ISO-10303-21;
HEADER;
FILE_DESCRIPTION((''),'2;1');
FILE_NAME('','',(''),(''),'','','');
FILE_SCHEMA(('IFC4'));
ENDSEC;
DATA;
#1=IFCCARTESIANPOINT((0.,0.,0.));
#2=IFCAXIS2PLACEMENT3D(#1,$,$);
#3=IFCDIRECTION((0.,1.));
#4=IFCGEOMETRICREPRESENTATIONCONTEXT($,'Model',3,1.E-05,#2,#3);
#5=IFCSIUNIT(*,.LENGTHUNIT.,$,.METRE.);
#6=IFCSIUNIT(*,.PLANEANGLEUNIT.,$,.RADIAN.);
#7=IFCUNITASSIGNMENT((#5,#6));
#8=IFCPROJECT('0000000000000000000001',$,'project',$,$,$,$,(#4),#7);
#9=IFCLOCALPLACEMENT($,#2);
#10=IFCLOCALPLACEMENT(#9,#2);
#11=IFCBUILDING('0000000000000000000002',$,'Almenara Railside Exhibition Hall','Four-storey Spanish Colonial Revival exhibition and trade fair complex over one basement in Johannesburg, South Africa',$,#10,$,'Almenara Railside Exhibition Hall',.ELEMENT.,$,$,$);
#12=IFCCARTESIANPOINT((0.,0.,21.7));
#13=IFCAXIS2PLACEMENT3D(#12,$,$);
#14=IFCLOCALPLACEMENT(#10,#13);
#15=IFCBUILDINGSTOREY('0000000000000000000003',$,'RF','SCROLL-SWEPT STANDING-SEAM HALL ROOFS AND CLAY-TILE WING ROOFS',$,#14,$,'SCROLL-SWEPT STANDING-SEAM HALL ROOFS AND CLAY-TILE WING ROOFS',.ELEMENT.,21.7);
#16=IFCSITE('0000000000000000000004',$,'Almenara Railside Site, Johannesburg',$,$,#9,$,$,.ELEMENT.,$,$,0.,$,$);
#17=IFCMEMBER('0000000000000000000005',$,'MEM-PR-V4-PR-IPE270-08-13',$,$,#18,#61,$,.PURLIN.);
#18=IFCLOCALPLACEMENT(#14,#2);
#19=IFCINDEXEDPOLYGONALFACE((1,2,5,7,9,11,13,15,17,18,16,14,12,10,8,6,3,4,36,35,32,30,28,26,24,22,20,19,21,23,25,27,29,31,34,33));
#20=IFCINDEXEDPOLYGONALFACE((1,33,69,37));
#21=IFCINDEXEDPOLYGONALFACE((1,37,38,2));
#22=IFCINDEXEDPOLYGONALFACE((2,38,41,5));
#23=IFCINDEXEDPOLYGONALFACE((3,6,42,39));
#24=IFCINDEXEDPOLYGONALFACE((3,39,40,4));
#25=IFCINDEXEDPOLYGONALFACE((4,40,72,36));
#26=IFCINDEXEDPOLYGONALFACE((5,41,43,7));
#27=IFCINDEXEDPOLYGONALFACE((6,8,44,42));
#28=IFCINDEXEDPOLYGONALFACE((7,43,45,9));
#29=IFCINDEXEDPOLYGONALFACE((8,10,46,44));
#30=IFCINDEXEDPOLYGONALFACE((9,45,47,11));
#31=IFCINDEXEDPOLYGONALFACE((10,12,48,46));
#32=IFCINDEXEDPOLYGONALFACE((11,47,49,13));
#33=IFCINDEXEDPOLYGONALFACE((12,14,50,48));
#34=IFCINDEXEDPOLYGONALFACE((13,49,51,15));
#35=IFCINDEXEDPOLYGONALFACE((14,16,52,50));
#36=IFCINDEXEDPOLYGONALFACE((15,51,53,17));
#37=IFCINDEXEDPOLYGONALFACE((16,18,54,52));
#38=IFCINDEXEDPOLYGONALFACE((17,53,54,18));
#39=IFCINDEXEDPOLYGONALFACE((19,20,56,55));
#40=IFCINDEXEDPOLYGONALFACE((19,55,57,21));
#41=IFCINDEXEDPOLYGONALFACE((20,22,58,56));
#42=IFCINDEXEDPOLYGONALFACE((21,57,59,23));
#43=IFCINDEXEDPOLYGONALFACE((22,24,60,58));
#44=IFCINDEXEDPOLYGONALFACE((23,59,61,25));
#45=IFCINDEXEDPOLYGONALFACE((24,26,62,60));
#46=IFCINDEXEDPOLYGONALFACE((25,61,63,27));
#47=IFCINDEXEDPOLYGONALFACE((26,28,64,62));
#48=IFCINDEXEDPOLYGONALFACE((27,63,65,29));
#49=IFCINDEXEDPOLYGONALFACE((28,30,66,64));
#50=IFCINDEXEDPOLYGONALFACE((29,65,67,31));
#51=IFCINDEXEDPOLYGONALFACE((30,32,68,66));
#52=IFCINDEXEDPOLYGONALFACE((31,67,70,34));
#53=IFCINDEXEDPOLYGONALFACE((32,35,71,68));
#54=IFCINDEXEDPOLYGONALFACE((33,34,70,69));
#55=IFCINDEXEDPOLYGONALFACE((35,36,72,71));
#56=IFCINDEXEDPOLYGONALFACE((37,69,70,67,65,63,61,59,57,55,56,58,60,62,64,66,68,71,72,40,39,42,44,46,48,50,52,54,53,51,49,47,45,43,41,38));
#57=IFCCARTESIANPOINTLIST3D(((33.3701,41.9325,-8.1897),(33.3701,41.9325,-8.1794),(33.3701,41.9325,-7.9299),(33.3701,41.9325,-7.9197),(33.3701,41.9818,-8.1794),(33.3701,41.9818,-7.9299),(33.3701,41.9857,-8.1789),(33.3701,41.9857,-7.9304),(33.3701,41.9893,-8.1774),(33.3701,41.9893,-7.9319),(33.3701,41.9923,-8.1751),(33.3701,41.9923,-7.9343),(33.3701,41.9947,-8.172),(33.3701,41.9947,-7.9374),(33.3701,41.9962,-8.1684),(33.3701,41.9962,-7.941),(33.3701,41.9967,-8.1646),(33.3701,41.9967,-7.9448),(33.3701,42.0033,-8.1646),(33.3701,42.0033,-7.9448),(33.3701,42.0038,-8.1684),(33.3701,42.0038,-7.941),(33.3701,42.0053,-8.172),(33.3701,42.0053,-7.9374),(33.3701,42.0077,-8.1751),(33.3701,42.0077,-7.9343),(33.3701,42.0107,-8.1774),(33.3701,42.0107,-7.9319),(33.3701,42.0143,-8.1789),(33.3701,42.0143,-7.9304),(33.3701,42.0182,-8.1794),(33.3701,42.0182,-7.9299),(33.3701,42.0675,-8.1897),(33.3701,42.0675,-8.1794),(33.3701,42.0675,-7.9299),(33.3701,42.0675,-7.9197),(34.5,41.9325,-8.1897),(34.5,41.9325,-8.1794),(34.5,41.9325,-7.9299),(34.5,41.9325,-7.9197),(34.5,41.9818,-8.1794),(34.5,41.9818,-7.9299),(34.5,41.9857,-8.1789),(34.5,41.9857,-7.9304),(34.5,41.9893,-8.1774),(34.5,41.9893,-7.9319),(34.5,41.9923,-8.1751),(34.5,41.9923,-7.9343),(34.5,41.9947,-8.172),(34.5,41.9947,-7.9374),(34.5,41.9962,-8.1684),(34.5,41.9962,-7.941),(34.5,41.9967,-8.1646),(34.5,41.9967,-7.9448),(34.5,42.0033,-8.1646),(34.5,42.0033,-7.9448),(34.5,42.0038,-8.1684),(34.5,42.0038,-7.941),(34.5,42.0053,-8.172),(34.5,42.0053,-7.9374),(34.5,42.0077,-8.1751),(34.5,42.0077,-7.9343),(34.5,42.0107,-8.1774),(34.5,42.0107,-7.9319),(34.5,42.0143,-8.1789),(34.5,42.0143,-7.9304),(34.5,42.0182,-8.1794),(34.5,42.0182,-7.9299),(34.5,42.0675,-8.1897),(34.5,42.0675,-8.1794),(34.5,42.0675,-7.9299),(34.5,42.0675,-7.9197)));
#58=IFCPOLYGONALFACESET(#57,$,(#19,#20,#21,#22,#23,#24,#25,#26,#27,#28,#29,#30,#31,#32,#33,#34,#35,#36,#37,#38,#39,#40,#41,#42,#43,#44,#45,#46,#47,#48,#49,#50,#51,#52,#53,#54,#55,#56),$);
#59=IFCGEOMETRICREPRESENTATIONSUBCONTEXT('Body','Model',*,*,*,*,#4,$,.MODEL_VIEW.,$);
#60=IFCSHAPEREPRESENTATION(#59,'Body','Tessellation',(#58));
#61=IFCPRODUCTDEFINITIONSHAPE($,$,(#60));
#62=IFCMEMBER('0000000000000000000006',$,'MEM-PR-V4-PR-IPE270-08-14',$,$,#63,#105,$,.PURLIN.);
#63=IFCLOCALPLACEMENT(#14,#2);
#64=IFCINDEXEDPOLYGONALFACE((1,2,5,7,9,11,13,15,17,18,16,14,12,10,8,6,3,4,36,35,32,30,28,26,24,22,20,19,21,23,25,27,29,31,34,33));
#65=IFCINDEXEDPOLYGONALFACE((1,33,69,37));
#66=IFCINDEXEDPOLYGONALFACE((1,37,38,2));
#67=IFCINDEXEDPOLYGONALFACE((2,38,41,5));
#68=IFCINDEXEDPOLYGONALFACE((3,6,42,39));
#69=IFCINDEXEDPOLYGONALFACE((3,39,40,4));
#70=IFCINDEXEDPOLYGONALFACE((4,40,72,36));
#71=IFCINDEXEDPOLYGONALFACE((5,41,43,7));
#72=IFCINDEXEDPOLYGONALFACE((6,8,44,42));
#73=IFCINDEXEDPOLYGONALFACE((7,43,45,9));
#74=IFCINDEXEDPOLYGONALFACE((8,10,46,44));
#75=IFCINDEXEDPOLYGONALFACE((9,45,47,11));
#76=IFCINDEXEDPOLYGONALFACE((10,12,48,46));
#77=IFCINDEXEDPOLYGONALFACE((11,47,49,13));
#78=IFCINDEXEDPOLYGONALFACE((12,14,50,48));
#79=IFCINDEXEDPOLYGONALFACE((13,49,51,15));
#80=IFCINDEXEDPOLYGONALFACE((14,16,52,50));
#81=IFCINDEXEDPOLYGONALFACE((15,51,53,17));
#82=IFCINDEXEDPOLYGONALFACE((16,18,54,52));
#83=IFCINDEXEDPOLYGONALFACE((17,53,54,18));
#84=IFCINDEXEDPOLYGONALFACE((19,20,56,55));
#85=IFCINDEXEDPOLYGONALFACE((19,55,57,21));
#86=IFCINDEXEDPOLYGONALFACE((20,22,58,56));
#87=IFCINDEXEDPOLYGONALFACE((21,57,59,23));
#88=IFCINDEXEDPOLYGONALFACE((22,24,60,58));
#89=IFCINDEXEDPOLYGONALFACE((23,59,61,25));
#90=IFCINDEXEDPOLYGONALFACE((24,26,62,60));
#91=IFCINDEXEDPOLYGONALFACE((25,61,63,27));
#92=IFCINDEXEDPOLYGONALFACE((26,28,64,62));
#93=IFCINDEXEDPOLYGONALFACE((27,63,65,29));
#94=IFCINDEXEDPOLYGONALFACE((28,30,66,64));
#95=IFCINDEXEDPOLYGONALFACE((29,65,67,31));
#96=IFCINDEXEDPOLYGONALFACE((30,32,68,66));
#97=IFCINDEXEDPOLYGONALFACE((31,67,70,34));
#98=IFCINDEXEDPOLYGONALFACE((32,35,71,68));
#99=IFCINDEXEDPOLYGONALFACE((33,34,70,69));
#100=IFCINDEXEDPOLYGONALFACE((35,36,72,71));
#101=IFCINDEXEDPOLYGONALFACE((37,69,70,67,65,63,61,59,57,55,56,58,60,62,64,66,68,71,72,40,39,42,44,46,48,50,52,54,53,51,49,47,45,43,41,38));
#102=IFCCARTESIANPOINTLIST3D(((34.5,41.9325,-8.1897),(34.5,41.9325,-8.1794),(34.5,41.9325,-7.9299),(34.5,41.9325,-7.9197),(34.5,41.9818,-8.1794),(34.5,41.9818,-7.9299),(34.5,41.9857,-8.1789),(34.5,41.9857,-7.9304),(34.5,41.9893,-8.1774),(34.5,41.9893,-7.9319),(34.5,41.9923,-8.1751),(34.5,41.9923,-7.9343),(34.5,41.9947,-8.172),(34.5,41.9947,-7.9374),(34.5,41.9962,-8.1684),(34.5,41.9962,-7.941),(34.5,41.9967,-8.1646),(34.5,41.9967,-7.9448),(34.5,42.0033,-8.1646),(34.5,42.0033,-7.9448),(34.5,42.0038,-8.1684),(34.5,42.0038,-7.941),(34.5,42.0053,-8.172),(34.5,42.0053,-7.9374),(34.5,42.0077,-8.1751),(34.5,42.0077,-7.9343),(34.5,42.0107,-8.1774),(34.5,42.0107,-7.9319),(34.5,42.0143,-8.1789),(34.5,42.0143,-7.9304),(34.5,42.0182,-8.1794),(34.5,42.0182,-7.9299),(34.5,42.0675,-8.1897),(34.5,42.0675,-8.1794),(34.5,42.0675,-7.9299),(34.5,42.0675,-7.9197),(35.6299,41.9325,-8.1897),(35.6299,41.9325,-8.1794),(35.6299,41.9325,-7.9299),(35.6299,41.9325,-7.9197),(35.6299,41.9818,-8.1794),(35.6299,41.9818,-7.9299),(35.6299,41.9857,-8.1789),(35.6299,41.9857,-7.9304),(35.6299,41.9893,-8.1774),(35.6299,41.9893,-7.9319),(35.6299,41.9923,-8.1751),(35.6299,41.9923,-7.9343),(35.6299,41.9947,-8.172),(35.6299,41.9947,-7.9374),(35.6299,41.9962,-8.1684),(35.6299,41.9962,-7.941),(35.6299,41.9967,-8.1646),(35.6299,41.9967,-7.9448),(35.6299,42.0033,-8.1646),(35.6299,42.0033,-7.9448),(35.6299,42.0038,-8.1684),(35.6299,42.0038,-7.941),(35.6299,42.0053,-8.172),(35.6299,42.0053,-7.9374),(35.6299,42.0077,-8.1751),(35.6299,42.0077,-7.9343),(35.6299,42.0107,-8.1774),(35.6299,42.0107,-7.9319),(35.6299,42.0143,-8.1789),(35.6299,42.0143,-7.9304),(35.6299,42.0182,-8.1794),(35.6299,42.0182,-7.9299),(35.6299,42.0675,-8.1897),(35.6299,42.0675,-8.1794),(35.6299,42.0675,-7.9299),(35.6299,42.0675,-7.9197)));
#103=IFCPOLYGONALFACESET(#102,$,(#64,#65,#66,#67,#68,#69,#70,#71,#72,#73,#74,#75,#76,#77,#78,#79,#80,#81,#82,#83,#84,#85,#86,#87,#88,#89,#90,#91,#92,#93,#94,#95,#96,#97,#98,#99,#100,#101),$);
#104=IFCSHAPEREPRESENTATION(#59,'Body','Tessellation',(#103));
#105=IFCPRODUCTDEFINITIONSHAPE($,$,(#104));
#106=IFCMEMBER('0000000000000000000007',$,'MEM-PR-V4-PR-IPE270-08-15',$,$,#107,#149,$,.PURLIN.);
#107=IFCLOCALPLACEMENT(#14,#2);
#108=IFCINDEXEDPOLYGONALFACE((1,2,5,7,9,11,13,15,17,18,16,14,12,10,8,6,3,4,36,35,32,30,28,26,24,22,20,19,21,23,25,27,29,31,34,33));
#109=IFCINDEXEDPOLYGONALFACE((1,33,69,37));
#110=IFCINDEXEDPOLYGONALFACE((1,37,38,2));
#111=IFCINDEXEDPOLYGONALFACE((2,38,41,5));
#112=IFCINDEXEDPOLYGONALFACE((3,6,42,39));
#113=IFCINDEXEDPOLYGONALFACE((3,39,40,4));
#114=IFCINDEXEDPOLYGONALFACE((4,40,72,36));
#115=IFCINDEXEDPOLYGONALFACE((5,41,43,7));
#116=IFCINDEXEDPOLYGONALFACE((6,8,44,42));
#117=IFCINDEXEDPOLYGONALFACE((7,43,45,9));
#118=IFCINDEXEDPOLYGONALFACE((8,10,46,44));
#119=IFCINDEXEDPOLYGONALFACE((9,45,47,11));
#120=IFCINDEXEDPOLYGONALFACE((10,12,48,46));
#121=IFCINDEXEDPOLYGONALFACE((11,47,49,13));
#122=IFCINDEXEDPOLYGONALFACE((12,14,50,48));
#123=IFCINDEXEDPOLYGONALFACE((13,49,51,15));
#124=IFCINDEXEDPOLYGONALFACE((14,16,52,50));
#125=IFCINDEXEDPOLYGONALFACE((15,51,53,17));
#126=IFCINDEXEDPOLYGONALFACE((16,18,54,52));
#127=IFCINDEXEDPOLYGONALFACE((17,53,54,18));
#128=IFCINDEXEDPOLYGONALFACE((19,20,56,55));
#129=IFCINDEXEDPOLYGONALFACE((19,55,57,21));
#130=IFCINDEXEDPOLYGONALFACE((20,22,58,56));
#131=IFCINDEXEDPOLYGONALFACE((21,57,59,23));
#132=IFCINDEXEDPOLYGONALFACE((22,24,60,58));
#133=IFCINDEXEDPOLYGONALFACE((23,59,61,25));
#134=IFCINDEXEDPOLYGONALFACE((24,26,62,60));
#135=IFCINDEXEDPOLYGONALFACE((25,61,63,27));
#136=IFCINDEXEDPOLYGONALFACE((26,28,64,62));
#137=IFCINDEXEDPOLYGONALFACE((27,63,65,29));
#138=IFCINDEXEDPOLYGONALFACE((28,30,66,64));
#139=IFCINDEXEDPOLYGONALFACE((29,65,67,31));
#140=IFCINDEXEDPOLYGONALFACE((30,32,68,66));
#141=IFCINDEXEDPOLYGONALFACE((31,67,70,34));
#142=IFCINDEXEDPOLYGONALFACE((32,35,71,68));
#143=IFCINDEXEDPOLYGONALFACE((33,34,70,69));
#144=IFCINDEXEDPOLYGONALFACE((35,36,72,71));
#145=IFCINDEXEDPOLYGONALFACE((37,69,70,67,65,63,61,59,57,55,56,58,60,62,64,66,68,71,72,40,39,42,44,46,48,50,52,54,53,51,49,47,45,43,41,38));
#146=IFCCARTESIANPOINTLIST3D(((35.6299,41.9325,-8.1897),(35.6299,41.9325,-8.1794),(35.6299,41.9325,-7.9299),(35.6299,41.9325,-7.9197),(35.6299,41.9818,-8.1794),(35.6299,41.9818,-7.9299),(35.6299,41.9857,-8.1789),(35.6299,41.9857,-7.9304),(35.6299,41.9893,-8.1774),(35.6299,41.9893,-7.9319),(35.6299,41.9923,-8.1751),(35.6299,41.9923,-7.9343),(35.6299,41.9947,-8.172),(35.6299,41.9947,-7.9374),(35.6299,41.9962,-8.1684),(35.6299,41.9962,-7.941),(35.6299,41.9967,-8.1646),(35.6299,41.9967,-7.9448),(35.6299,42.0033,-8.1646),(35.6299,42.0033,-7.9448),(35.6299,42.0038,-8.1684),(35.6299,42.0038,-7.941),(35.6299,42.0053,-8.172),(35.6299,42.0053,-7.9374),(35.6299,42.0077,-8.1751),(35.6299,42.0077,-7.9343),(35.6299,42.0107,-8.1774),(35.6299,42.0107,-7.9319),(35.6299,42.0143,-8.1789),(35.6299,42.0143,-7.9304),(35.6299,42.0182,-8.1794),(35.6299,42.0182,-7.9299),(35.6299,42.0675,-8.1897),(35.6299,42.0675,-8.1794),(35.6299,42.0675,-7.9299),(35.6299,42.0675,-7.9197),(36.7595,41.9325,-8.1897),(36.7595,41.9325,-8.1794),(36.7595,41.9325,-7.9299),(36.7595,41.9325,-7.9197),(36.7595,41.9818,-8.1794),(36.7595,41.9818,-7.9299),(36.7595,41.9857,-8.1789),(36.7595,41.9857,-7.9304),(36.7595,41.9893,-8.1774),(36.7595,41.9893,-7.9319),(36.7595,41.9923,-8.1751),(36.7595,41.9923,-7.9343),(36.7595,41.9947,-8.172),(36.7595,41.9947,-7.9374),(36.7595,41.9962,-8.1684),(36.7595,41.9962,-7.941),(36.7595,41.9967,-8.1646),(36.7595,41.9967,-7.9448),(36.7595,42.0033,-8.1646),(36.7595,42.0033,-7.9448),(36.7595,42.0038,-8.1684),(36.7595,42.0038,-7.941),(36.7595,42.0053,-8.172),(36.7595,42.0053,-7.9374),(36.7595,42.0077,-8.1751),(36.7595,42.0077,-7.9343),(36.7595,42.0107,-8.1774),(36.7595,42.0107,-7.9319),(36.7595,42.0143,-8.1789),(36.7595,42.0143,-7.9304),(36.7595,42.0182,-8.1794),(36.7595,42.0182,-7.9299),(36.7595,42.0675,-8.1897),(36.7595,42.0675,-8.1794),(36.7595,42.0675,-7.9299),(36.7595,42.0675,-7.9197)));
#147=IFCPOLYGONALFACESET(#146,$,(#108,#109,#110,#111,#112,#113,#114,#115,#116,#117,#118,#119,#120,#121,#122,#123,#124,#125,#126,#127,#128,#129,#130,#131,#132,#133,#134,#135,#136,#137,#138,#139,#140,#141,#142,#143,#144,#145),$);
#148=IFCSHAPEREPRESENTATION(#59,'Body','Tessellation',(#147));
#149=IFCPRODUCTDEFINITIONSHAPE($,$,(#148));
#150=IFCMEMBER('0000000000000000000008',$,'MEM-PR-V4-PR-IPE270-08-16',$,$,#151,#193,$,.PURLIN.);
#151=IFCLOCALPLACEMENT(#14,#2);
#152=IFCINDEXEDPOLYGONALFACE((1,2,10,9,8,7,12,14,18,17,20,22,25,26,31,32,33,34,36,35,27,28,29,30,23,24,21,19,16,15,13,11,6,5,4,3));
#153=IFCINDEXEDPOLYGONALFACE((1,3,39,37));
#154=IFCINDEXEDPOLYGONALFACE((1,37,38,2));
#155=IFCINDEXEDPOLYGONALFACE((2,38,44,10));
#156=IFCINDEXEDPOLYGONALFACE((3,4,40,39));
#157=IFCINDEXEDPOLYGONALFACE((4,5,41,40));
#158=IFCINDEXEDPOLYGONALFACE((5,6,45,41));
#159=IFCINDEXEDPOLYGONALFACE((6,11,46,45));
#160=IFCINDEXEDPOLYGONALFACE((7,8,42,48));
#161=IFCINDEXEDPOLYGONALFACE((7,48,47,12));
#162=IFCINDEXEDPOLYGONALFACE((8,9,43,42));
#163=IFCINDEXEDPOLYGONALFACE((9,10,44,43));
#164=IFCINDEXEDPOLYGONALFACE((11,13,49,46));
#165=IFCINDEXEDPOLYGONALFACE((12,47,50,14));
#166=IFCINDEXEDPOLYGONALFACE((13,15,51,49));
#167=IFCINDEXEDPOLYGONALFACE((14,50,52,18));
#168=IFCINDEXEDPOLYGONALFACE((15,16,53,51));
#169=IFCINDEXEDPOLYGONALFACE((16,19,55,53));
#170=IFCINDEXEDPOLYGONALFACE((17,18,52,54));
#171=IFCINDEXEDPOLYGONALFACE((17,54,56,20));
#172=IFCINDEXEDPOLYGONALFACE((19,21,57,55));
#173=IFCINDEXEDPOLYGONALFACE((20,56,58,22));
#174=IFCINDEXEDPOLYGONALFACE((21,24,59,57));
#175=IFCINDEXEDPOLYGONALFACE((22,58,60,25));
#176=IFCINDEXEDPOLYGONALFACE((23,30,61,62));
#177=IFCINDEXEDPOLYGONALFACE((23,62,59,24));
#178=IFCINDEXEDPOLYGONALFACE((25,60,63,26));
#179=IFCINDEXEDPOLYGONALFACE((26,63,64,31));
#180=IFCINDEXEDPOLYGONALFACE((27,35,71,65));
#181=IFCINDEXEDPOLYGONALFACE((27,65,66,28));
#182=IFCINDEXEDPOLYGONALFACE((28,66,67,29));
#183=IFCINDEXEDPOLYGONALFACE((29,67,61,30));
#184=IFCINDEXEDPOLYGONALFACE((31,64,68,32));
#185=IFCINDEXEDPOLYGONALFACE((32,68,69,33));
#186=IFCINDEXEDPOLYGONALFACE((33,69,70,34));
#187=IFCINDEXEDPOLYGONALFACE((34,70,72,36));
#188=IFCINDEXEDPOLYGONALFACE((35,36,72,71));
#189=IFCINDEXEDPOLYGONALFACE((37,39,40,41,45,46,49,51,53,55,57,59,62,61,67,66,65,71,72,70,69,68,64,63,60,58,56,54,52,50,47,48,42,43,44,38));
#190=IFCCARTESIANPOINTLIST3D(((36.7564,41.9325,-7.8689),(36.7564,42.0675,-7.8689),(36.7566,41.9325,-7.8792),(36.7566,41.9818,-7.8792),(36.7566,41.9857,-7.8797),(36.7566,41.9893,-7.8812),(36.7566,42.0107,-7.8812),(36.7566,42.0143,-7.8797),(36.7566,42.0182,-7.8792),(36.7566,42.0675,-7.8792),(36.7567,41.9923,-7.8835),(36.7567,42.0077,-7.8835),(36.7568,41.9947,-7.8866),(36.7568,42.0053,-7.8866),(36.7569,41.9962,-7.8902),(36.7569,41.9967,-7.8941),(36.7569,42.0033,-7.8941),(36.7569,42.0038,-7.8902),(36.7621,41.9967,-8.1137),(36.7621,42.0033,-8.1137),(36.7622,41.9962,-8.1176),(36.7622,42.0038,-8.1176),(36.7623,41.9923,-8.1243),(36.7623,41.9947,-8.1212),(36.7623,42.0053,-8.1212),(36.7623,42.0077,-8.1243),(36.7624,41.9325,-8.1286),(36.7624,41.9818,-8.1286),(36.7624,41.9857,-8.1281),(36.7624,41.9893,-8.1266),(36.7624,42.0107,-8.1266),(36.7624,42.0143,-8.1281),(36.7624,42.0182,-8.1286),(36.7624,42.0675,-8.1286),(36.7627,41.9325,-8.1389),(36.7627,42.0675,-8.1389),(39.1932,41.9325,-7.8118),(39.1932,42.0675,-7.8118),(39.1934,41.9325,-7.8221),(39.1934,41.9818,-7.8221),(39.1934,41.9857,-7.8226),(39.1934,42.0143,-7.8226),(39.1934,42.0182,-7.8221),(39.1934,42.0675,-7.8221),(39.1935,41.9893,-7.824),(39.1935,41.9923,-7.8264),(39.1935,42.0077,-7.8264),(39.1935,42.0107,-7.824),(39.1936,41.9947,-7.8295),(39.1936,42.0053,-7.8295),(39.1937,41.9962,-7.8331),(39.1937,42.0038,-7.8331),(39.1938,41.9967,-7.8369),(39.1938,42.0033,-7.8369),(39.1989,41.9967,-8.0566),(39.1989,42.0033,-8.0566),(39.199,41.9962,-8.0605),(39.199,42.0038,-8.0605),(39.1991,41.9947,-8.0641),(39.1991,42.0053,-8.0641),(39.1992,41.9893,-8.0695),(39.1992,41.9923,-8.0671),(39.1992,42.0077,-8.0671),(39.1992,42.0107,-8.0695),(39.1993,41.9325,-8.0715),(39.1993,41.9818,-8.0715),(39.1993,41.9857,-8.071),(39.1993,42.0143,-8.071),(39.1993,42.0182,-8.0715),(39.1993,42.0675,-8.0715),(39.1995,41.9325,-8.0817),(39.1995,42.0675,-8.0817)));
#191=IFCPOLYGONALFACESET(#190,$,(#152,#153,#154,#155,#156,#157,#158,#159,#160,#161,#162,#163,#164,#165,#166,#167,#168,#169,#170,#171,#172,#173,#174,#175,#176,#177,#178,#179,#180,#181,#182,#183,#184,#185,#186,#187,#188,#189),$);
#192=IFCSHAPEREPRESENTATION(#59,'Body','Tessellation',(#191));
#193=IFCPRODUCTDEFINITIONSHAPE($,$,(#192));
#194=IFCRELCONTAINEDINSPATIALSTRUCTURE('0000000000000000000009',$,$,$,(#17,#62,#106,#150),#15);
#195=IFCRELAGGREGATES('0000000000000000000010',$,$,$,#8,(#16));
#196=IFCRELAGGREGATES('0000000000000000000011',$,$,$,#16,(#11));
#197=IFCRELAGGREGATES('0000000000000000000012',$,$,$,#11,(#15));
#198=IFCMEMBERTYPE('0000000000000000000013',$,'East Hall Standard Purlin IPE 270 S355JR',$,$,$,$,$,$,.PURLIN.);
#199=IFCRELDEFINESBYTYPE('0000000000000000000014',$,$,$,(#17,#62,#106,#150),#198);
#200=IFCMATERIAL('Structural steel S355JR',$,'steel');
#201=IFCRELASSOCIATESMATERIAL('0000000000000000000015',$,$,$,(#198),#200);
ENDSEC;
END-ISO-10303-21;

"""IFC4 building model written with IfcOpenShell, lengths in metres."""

from ifc_helpers import new_model, si_unit, direction, frame, origin, origin_2d, place, context, subcontext, project, spatial, i_section, extrude, material, material_profile, profile_set, type_object, element, save


model = new_model("IFC4")

# Units and contexts
model_context = context("Model", 3, precision=1e-05, world=origin(), true_north=direction((0.0, 1.0)))
body_context = subcontext(model_context, "Body", "Model", "MODEL_VIEW")
ifc_project = project(units=[si_unit("LENGTHUNIT", "METRE"), si_unit("PLANEANGLEUNIT", "RADIAN")], contexts=[model_context])

# Site, building, storey
site_placement = place(None, origin())
site = spatial("IfcSite", under=ifc_project, at=site_placement, Name="Almenara Railside Site, Johannesburg", CompositionType="ELEMENT", RefElevation=0.0)
building_placement = place(site_placement, origin())
building = spatial("IfcBuilding", under=site, at=building_placement, Name="Almenara Railside Exhibition Hall", Description="Four-storey Spanish Colonial Revival exhibition and trade fair complex over one basement in Johannesburg, South Africa", LongName="Almenara Railside Exhibition Hall", CompositionType="ELEMENT")
storey_placement = place(building_placement, frame((0.0, 0.0, 21.7)))
storey = spatial("IfcBuildingStorey", under=building, at=storey_placement, Name="RF", Description="SCROLL-SWEPT STANDING-SEAM HALL ROOFS AND CLAY-TILE WING ROOFS", LongName="SCROLL-SWEPT STANDING-SEAM HALL ROOFS AND CLAY-TILE WING ROOFS", CompositionType="ELEMENT", Elevation=21.7)

# Members
ifc_material = material(Name="Structural steel S355JR", Category="steel")
ifc_material_profile_1 = material_profile(ifc_material, i_section(OverallWidth=0.135, OverallDepth=0.27, WebThickness=0.0066, FlangeThickness=0.0103, FilletRadius=0.0149, at=origin_2d()), Name="IPE 270")
ifc_profile_set_1 = profile_set([ifc_material_profile_1], Name="Structural steel S355JR")
member_type_1 = type_object("IfcMemberType", Name="East Hall Standard Purlin IPE 270 S355JR", PredefinedType="PURLIN", material=ifc_profile_set_1)
for number, where, z_axis, x_axis, name in (
    (1, (33.3701, 42.0, -8.0547), (1.0, 0.0, 0.0), (0.0, 1.0, 0.0), "MEM-PR-V4-PR-IPE270-08-13"),
    (2, (34.5, 42.0, -8.0547), (1.0, 0.0, 0.0), (0.0, 1.0, 0.0), "MEM-PR-V4-PR-IPE270-08-14"),
):
    element("IfcMember", number, at=place(storey_placement, frame(where, z_axis=z_axis, x_axis=x_axis)), inside=storey, type_object=member_type_1, Name=name, PredefinedType="PURLIN", context=body_context, shape_type="SweptSolid", body=[
        extrude(i_section(OverallWidth=0.135, OverallDepth=0.27, WebThickness=0.0066, FlangeThickness=0.0103, FilletRadius=0.0149, at=origin_2d()), origin(), (0.0, 0.0, 1.0), 1.1299),
    ])
member_1_placement = place(storey_placement, frame((35.6299, 42.0, -8.0547), z_axis=(1.0, 0.0, 0.0), x_axis=(0.0, 1.0, 0.0)))
element("IfcMember", 3, at=member_1_placement, inside=storey, type_object=member_type_1, Name="MEM-PR-V4-PR-IPE270-08-15", PredefinedType="PURLIN", context=body_context, shape_type="SweptSolid", body=[
    extrude(i_section(OverallWidth=0.135, OverallDepth=0.27, WebThickness=0.0066, FlangeThickness=0.0103, FilletRadius=0.0149, at=origin_2d()), origin(), (0.0, 0.0, 1.0), 1.1296),
])
member_2_placement = place(storey_placement, frame((36.7595, 42.0, -8.0039), z_axis=(0.999725, 0.0, 0.023438), x_axis=(0.0, 1.0, 0.0)))
element("IfcMember", 4, at=member_2_placement, inside=storey, type_object=member_type_1, Name="MEM-PR-V4-PR-IPE270-08-16", PredefinedType="PURLIN", context=body_context, shape_type="SweptSolid", body=[
    extrude(i_section(OverallWidth=0.135, OverallDepth=0.27, WebThickness=0.0066, FlangeThickness=0.0103, FilletRadius=0.0149, at=origin_2d()), origin(), (0.0, 0.0, 1.0), 2.4375),
])

save(model, "model.ifc")
